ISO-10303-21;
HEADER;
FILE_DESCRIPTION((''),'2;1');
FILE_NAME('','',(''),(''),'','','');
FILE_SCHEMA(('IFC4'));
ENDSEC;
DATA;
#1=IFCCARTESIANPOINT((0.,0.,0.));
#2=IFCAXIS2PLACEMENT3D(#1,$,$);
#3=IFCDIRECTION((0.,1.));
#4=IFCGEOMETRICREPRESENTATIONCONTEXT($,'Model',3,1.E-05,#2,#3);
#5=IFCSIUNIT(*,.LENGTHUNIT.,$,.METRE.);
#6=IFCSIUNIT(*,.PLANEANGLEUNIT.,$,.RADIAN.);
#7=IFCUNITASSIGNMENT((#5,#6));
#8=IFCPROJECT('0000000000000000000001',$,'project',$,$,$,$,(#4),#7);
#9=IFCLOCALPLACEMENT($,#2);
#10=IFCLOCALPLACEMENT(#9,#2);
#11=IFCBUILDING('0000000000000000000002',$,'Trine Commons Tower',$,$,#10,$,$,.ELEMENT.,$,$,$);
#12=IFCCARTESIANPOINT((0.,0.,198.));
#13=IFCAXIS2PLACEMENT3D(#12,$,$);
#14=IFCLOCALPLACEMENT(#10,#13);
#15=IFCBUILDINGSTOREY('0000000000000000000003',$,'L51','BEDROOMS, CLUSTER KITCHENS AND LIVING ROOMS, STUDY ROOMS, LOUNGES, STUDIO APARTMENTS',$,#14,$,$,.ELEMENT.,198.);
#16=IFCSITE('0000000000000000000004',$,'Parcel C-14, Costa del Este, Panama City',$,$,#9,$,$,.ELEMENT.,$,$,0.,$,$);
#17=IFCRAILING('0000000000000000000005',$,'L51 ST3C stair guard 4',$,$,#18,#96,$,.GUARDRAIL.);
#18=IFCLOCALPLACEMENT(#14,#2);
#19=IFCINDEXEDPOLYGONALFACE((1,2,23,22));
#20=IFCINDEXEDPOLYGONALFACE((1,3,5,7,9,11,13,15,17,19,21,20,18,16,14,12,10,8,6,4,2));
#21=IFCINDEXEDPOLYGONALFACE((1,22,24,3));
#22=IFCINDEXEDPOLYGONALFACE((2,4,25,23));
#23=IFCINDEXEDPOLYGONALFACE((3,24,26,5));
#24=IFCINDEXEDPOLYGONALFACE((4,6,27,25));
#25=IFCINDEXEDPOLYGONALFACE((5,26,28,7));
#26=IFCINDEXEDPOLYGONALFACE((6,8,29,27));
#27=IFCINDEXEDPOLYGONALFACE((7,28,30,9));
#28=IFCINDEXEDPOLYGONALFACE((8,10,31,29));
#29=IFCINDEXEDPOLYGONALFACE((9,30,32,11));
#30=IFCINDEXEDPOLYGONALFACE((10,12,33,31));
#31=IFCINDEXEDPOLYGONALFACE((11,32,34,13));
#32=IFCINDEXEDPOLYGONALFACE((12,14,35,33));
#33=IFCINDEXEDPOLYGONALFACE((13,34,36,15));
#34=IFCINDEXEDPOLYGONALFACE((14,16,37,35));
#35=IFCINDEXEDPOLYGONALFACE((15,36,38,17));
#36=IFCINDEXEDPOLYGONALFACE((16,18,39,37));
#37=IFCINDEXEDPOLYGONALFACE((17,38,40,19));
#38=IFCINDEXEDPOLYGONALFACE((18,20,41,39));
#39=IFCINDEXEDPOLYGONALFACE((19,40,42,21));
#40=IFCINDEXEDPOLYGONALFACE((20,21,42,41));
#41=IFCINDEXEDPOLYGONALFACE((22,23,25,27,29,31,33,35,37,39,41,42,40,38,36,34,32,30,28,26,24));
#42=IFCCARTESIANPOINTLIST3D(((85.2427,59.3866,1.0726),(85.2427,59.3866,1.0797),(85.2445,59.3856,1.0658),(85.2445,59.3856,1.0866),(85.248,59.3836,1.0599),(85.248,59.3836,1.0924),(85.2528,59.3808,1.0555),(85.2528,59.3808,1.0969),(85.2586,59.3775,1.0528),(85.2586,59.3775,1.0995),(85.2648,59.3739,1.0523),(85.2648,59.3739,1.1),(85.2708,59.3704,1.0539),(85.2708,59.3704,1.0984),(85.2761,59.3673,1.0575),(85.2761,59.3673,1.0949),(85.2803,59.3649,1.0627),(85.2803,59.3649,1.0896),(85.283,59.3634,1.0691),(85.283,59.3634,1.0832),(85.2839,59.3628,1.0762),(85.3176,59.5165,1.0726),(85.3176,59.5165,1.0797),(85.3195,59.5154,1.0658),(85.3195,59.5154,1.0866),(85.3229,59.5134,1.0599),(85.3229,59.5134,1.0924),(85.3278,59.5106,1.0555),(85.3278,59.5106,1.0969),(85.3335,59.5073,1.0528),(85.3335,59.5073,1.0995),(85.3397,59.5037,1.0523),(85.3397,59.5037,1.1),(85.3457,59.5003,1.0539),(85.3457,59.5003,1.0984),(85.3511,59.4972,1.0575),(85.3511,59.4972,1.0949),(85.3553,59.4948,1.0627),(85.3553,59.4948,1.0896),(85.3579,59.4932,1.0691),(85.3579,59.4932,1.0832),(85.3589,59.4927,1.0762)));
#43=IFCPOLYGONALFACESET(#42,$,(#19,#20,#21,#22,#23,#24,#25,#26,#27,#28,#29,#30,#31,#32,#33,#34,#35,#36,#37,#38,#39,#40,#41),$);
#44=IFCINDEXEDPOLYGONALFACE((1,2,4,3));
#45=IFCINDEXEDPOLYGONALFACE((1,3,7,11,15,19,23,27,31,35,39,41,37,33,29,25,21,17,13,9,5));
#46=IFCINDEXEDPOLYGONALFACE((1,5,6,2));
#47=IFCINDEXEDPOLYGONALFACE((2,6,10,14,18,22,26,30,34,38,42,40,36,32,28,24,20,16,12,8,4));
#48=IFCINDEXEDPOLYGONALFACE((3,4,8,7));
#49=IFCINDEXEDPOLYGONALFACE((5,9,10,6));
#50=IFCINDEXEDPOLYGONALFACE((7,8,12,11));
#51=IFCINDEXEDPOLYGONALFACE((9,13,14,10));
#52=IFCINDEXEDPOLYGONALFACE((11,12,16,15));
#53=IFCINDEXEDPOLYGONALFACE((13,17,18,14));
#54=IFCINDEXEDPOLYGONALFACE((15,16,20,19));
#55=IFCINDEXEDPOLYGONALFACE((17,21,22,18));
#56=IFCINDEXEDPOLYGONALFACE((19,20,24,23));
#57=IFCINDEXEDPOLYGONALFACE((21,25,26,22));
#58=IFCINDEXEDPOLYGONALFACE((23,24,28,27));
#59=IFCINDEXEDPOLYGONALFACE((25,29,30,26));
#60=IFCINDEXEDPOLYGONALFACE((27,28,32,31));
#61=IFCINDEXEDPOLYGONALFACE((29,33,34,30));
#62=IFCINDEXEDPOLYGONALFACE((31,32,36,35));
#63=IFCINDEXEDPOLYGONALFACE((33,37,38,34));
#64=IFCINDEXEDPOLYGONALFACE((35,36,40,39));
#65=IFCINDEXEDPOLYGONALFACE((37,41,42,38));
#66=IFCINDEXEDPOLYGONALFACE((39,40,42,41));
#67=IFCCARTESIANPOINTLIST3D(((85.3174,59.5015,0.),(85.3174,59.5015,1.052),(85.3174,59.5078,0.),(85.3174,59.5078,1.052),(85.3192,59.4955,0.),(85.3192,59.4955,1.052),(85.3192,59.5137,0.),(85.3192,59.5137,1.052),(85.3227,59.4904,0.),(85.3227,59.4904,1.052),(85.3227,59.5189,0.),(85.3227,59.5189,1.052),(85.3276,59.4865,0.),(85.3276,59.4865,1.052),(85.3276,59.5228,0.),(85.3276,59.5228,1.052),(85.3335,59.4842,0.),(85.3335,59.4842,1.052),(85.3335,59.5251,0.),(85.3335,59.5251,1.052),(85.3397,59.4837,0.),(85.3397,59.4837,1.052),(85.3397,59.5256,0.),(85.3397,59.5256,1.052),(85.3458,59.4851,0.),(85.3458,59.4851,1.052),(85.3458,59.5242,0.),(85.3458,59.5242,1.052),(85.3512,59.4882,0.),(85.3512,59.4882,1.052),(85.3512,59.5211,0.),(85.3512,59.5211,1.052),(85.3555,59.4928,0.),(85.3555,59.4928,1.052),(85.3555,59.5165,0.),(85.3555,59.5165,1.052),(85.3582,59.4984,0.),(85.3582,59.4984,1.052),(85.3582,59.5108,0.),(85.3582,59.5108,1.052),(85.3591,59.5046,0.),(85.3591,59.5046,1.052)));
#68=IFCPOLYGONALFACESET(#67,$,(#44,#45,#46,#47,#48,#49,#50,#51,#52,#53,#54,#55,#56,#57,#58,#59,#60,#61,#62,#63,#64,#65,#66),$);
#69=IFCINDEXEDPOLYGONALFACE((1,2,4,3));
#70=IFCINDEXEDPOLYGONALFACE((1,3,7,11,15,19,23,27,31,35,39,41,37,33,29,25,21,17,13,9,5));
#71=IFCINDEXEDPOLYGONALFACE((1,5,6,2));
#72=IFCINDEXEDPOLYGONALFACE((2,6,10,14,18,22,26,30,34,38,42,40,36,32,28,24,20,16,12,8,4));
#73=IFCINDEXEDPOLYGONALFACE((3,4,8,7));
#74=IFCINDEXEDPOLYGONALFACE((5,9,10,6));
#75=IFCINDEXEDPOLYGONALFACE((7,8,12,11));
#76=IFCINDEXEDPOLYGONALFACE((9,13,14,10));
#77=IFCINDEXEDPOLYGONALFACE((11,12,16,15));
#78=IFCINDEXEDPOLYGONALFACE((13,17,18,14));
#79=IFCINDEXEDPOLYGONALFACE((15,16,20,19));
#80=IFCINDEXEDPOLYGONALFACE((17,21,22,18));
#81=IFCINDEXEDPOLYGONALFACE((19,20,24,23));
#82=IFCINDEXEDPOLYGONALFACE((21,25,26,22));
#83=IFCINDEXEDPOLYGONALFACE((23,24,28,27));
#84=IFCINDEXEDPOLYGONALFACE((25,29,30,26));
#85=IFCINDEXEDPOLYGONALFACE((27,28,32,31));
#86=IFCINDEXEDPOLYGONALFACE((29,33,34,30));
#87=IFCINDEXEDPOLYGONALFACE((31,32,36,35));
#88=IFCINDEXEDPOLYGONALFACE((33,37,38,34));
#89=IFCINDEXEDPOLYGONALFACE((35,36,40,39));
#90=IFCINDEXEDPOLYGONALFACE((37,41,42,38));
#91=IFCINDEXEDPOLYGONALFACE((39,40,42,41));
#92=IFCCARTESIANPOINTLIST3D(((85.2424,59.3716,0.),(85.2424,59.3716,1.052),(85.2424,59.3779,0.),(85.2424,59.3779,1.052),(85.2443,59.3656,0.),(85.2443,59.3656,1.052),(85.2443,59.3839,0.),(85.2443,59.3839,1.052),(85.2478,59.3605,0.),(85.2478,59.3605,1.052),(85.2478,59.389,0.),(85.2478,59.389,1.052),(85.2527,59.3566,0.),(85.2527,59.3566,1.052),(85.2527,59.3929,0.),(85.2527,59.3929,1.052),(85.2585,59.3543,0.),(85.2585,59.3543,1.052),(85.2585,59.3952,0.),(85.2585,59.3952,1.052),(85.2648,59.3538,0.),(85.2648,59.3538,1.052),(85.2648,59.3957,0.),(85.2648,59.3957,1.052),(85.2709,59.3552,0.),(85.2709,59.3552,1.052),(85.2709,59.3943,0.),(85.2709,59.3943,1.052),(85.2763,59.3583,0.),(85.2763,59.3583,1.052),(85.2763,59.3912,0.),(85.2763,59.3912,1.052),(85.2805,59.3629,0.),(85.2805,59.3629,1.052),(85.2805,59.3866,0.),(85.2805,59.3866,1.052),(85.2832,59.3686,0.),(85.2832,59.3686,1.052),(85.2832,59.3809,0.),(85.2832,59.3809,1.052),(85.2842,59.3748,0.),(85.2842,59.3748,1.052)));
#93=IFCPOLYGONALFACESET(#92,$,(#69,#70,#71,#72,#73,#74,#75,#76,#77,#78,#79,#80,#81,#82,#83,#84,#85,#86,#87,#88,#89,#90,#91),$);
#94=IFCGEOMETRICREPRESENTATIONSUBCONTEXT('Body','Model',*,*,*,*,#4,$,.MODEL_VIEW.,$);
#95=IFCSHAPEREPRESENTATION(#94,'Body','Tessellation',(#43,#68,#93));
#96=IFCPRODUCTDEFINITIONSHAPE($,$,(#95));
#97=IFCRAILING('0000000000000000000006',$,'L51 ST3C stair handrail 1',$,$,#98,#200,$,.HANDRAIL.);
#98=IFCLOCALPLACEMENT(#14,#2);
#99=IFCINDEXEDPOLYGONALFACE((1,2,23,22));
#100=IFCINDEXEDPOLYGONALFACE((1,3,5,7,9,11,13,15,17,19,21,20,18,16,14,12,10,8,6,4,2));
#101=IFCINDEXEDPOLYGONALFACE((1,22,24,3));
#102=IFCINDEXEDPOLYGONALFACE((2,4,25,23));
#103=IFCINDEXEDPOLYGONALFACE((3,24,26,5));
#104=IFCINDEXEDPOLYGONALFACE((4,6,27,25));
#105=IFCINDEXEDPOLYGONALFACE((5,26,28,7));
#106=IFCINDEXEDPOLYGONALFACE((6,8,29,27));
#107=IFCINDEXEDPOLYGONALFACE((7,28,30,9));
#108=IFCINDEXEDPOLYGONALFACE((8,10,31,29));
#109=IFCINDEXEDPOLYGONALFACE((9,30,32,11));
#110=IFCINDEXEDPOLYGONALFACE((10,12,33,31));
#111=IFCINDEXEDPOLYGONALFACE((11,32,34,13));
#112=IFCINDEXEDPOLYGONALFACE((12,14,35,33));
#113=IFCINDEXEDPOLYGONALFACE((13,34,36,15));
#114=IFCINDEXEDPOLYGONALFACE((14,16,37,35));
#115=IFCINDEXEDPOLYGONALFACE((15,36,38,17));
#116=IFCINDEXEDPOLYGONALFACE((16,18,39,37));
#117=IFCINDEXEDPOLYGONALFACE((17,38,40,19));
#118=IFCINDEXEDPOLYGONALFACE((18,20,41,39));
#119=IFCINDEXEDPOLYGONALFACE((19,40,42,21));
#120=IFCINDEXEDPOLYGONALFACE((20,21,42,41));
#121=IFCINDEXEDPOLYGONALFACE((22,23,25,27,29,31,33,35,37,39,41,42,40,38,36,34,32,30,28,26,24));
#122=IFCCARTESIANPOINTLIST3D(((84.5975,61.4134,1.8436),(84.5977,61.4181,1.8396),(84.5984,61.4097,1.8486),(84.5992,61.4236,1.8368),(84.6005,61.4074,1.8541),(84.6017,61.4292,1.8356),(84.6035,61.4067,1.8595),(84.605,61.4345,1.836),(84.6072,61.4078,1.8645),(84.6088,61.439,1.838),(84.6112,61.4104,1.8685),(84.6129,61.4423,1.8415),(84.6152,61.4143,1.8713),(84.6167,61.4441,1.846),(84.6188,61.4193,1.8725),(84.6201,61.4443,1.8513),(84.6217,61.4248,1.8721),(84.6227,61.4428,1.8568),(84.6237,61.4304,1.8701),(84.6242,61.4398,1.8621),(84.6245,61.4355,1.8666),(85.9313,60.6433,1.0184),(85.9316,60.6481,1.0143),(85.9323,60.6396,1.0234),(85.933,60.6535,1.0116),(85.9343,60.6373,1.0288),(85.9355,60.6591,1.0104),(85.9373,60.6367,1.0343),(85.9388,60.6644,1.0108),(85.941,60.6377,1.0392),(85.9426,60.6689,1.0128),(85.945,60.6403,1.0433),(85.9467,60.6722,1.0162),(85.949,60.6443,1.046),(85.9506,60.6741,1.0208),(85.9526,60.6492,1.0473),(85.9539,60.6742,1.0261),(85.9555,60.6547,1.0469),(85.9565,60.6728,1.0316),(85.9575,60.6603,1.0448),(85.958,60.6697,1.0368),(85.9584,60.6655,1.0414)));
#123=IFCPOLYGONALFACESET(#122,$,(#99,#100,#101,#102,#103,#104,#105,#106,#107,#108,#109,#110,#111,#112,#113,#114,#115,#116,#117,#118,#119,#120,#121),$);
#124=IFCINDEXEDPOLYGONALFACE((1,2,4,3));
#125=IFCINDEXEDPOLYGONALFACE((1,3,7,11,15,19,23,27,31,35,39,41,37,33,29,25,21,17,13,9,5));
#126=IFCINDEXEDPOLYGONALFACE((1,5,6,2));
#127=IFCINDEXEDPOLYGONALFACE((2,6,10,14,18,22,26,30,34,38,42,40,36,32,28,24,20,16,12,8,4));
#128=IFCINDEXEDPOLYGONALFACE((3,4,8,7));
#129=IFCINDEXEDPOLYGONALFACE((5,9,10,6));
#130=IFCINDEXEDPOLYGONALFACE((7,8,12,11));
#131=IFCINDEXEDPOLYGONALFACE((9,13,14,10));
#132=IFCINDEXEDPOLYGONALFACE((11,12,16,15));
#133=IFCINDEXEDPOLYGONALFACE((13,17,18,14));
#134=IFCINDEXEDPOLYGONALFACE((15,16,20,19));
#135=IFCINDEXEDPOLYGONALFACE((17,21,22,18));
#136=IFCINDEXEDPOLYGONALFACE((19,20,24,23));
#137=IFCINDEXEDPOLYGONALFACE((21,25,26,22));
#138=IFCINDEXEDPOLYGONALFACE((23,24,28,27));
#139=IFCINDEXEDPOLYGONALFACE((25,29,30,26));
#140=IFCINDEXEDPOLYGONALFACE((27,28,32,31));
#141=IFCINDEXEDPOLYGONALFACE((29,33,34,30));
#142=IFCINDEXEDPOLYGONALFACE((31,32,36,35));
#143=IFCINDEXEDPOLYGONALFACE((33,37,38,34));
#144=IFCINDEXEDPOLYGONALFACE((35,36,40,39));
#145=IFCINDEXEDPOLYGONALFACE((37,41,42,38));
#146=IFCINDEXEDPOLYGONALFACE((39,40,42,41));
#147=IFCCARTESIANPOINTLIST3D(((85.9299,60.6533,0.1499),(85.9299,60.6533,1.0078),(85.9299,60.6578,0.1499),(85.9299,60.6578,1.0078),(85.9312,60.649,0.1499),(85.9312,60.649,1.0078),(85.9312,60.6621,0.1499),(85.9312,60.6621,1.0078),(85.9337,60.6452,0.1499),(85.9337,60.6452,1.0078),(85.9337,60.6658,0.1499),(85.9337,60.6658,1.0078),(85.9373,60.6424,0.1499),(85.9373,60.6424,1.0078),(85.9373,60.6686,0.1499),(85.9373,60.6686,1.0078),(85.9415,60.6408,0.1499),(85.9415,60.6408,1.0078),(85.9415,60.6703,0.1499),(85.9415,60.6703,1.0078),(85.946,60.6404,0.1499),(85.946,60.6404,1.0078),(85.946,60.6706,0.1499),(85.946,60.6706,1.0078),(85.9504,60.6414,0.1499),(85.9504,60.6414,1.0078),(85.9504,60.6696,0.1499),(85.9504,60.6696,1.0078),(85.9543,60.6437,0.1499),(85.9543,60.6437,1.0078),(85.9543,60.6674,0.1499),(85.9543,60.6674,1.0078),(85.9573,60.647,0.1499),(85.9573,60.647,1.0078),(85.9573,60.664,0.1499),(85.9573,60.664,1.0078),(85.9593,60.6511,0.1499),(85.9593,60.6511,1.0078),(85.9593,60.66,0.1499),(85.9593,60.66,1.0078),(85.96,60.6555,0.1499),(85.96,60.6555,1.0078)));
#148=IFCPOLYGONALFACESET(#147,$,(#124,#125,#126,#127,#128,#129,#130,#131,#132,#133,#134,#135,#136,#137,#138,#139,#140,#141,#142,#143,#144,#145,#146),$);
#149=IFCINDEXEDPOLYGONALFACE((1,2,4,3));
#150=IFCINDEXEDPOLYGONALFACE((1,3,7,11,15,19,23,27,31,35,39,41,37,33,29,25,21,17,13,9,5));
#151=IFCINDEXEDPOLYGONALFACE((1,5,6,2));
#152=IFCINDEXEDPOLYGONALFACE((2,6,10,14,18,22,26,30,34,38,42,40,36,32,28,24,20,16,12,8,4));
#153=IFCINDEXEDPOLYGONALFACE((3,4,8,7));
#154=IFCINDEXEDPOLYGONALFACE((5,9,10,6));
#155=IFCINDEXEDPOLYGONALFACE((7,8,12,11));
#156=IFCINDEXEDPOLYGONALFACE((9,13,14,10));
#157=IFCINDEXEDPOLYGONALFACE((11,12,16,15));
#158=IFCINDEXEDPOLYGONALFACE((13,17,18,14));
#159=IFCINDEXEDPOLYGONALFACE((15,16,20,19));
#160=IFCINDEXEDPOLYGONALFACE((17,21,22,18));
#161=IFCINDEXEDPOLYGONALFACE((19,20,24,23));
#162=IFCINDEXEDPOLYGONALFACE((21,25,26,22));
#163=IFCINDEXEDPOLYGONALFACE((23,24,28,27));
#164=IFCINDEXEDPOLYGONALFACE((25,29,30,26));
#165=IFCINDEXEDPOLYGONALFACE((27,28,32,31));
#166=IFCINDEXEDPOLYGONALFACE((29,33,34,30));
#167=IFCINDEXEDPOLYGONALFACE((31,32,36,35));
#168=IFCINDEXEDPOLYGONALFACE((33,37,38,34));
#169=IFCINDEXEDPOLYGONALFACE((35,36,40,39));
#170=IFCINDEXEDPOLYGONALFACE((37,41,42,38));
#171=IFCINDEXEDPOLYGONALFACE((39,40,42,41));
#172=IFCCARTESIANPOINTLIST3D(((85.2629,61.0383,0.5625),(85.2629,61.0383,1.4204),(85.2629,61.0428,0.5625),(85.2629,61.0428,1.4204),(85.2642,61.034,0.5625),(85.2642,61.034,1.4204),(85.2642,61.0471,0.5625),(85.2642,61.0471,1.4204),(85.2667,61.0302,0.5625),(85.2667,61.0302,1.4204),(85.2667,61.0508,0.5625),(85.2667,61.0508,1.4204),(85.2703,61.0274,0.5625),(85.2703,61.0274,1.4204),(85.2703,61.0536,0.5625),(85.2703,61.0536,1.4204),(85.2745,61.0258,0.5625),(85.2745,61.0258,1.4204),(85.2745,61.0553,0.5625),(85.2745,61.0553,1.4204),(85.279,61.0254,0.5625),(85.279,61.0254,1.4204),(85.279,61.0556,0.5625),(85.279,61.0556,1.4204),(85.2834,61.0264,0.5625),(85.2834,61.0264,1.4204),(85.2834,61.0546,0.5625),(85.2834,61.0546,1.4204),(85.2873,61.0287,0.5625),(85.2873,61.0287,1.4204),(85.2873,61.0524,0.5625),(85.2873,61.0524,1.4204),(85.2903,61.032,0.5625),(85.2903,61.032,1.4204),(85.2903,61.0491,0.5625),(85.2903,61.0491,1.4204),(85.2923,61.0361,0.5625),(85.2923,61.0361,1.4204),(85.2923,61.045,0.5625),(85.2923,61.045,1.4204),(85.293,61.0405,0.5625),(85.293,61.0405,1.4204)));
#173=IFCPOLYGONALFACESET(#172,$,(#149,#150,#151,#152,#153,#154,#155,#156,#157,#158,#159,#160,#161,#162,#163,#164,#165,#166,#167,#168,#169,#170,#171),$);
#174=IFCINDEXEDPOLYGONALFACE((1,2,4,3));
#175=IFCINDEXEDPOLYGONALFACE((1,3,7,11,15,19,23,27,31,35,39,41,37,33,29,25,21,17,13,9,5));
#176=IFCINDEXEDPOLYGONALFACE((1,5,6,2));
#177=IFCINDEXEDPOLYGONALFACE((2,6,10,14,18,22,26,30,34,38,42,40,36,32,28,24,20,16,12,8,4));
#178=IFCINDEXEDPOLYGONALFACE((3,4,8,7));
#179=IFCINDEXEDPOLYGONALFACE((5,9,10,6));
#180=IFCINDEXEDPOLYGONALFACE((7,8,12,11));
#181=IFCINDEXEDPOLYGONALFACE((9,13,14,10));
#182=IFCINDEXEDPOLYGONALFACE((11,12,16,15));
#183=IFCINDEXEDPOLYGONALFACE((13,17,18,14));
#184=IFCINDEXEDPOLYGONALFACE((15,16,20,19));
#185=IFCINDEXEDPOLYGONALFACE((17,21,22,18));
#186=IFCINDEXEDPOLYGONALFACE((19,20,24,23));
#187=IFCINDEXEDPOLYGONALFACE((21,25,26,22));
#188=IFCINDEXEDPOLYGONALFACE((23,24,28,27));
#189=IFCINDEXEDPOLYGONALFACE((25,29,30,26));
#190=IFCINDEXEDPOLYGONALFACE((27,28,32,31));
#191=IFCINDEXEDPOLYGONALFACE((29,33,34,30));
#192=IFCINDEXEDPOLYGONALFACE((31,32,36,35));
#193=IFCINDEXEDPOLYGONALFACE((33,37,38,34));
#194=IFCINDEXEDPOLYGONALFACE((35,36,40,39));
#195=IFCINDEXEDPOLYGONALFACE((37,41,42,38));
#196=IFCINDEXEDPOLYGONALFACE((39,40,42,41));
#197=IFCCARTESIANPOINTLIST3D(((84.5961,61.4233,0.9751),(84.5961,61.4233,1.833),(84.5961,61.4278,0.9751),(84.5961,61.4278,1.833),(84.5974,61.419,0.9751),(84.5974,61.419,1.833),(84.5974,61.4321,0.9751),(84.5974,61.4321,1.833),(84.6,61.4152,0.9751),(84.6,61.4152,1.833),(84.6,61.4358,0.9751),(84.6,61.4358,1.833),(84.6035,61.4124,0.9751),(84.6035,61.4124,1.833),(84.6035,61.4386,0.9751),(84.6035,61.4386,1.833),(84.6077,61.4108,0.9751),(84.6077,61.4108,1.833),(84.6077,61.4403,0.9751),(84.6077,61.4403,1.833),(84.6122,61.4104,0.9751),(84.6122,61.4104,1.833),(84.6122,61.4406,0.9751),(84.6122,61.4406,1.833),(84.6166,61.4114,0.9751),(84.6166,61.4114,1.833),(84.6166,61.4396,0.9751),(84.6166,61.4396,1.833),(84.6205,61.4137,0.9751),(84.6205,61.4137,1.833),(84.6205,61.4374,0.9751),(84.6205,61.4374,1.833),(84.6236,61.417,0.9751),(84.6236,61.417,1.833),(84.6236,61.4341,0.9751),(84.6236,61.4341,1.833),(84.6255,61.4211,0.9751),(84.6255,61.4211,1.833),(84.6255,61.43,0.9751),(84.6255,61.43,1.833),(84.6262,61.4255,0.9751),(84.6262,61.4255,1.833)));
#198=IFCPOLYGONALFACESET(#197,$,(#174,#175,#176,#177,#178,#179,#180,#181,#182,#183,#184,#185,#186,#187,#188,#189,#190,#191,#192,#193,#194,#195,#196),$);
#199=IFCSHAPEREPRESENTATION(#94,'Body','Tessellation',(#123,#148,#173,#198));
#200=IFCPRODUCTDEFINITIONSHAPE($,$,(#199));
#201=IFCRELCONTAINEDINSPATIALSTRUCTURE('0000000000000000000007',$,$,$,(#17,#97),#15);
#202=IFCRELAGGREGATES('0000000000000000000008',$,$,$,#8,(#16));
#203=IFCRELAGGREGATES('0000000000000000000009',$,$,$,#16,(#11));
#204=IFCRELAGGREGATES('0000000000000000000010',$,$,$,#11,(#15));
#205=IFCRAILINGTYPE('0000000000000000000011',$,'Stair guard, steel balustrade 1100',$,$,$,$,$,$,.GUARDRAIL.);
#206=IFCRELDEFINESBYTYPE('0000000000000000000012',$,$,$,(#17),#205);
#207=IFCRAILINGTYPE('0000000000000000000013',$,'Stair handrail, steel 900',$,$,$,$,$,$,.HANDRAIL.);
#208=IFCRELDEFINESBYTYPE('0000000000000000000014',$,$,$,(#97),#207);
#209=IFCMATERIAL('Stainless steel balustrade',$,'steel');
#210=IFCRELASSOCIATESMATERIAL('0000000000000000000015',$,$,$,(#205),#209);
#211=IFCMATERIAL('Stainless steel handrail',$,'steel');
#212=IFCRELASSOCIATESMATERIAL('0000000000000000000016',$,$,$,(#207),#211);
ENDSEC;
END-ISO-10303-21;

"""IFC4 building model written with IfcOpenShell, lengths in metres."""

from ifc_helpers import new_model, si_unit, direction, frame, origin, origin_2d, place, context, subcontext, project, spatial, circle, extrude, material, type_object, element, save


model = new_model("IFC4")

# Units and contexts
model_context = context("Model", 3, precision=1e-05, world=origin(), true_north=direction((0.0, 1.0)))
body_context = subcontext(model_context, "Body", "Model", "MODEL_VIEW")
ifc_project = project(units=[si_unit("LENGTHUNIT", "METRE"), si_unit("PLANEANGLEUNIT", "RADIAN")], contexts=[model_context])

# Site, building, storey
site_placement = place(None, origin())
site = spatial("IfcSite", under=ifc_project, at=site_placement, Name="Parcel C-14, Costa del Este, Panama City", CompositionType="ELEMENT", RefElevation=0.0)
building_placement = place(site_placement, origin())
building = spatial("IfcBuilding", under=site, at=building_placement, Name="Trine Commons Tower", CompositionType="ELEMENT")
storey_placement = place(building_placement, frame((0.0, 0.0, 198.0)))
storey = spatial("IfcBuildingStorey", under=building, at=storey_placement, Name="L51", Description="BEDROOMS, CLUSTER KITCHENS AND LIVING ROOMS, STUDY ROOMS, LOUNGES, STUDIO APARTMENTS", CompositionType="ELEMENT", Elevation=198.0)

# Railings
ifc_material_1 = material(Name="Stainless steel balustrade", Category="steel")
railing_type_1 = type_object("IfcRailingType", Name="Stair guard, steel balustrade 1100", PredefinedType="GUARDRAIL", material=ifc_material_1)
railing_1_placement = place(storey_placement, frame((85.3381, 59.5046, 0.0)))
element("IfcRailing", 1, at=railing_1_placement, inside=storey, type_object=railing_type_1, Name="L51 ST3C stair guard 4", PredefinedType="GUARDRAIL", context=body_context, shape_type="SweptSolid", body=[
    extrude(circle(Radius=0.0239, at=origin_2d()), frame((0.0, 0.0, 1.0762), z_axis=(-0.499816, -0.866131, 0.0), x_axis=(0.866131, -0.499816, 0.0)), (0.0, 0.0, 1.0), 0.1499),
    extrude(circle(Radius=0.021, at=origin_2d()), origin(), (0.0, 0.0, 1.0), 1.052),
    extrude(circle(Radius=0.021, at=origin_2d()), frame((-0.075, -0.1299, 0.0)), (0.0, 0.0, 1.0), 1.052),
])
ifc_material_2 = material(Name="Stainless steel handrail", Category="steel")
railing_type_2 = type_object("IfcRailingType", Name="Stair handrail, steel 900", PredefinedType="HANDRAIL", material=ifc_material_2)
railing_2_placement = place(storey_placement, frame((85.9448, 60.6555, 0.1499)))
element("IfcRailing", 2, at=railing_2_placement, inside=storey, type_object=railing_type_2, Name="L51 ST3C stair handrail 1", PredefinedType="HANDRAIL", context=body_context, shape_type="SweptSolid", body=[
    extrude(circle(Radius=0.021, at=origin_2d()), frame((0.0, 0.0, 0.8789), z_axis=(-0.763355, 0.440714, 0.472293), x_axis=(-0.499992, -0.86603, 0.0)), (0.0, 0.0, 1.0), 1.7473),
    extrude(circle(Radius=0.0151, at=origin_2d()), origin(), (0.0, 0.0, 1.0), 0.8579),
    extrude(circle(Radius=0.0151, at=origin_2d()), frame((-0.667, 0.385, 0.4126)), (0.0, 0.0, 1.0), 0.8579),
    extrude(circle(Radius=0.0151, at=origin_2d()), frame((-1.3337, 0.77, 0.8252)), (0.0, 0.0, 1.0), 0.8579),
])

save(model, "model.ifc")
